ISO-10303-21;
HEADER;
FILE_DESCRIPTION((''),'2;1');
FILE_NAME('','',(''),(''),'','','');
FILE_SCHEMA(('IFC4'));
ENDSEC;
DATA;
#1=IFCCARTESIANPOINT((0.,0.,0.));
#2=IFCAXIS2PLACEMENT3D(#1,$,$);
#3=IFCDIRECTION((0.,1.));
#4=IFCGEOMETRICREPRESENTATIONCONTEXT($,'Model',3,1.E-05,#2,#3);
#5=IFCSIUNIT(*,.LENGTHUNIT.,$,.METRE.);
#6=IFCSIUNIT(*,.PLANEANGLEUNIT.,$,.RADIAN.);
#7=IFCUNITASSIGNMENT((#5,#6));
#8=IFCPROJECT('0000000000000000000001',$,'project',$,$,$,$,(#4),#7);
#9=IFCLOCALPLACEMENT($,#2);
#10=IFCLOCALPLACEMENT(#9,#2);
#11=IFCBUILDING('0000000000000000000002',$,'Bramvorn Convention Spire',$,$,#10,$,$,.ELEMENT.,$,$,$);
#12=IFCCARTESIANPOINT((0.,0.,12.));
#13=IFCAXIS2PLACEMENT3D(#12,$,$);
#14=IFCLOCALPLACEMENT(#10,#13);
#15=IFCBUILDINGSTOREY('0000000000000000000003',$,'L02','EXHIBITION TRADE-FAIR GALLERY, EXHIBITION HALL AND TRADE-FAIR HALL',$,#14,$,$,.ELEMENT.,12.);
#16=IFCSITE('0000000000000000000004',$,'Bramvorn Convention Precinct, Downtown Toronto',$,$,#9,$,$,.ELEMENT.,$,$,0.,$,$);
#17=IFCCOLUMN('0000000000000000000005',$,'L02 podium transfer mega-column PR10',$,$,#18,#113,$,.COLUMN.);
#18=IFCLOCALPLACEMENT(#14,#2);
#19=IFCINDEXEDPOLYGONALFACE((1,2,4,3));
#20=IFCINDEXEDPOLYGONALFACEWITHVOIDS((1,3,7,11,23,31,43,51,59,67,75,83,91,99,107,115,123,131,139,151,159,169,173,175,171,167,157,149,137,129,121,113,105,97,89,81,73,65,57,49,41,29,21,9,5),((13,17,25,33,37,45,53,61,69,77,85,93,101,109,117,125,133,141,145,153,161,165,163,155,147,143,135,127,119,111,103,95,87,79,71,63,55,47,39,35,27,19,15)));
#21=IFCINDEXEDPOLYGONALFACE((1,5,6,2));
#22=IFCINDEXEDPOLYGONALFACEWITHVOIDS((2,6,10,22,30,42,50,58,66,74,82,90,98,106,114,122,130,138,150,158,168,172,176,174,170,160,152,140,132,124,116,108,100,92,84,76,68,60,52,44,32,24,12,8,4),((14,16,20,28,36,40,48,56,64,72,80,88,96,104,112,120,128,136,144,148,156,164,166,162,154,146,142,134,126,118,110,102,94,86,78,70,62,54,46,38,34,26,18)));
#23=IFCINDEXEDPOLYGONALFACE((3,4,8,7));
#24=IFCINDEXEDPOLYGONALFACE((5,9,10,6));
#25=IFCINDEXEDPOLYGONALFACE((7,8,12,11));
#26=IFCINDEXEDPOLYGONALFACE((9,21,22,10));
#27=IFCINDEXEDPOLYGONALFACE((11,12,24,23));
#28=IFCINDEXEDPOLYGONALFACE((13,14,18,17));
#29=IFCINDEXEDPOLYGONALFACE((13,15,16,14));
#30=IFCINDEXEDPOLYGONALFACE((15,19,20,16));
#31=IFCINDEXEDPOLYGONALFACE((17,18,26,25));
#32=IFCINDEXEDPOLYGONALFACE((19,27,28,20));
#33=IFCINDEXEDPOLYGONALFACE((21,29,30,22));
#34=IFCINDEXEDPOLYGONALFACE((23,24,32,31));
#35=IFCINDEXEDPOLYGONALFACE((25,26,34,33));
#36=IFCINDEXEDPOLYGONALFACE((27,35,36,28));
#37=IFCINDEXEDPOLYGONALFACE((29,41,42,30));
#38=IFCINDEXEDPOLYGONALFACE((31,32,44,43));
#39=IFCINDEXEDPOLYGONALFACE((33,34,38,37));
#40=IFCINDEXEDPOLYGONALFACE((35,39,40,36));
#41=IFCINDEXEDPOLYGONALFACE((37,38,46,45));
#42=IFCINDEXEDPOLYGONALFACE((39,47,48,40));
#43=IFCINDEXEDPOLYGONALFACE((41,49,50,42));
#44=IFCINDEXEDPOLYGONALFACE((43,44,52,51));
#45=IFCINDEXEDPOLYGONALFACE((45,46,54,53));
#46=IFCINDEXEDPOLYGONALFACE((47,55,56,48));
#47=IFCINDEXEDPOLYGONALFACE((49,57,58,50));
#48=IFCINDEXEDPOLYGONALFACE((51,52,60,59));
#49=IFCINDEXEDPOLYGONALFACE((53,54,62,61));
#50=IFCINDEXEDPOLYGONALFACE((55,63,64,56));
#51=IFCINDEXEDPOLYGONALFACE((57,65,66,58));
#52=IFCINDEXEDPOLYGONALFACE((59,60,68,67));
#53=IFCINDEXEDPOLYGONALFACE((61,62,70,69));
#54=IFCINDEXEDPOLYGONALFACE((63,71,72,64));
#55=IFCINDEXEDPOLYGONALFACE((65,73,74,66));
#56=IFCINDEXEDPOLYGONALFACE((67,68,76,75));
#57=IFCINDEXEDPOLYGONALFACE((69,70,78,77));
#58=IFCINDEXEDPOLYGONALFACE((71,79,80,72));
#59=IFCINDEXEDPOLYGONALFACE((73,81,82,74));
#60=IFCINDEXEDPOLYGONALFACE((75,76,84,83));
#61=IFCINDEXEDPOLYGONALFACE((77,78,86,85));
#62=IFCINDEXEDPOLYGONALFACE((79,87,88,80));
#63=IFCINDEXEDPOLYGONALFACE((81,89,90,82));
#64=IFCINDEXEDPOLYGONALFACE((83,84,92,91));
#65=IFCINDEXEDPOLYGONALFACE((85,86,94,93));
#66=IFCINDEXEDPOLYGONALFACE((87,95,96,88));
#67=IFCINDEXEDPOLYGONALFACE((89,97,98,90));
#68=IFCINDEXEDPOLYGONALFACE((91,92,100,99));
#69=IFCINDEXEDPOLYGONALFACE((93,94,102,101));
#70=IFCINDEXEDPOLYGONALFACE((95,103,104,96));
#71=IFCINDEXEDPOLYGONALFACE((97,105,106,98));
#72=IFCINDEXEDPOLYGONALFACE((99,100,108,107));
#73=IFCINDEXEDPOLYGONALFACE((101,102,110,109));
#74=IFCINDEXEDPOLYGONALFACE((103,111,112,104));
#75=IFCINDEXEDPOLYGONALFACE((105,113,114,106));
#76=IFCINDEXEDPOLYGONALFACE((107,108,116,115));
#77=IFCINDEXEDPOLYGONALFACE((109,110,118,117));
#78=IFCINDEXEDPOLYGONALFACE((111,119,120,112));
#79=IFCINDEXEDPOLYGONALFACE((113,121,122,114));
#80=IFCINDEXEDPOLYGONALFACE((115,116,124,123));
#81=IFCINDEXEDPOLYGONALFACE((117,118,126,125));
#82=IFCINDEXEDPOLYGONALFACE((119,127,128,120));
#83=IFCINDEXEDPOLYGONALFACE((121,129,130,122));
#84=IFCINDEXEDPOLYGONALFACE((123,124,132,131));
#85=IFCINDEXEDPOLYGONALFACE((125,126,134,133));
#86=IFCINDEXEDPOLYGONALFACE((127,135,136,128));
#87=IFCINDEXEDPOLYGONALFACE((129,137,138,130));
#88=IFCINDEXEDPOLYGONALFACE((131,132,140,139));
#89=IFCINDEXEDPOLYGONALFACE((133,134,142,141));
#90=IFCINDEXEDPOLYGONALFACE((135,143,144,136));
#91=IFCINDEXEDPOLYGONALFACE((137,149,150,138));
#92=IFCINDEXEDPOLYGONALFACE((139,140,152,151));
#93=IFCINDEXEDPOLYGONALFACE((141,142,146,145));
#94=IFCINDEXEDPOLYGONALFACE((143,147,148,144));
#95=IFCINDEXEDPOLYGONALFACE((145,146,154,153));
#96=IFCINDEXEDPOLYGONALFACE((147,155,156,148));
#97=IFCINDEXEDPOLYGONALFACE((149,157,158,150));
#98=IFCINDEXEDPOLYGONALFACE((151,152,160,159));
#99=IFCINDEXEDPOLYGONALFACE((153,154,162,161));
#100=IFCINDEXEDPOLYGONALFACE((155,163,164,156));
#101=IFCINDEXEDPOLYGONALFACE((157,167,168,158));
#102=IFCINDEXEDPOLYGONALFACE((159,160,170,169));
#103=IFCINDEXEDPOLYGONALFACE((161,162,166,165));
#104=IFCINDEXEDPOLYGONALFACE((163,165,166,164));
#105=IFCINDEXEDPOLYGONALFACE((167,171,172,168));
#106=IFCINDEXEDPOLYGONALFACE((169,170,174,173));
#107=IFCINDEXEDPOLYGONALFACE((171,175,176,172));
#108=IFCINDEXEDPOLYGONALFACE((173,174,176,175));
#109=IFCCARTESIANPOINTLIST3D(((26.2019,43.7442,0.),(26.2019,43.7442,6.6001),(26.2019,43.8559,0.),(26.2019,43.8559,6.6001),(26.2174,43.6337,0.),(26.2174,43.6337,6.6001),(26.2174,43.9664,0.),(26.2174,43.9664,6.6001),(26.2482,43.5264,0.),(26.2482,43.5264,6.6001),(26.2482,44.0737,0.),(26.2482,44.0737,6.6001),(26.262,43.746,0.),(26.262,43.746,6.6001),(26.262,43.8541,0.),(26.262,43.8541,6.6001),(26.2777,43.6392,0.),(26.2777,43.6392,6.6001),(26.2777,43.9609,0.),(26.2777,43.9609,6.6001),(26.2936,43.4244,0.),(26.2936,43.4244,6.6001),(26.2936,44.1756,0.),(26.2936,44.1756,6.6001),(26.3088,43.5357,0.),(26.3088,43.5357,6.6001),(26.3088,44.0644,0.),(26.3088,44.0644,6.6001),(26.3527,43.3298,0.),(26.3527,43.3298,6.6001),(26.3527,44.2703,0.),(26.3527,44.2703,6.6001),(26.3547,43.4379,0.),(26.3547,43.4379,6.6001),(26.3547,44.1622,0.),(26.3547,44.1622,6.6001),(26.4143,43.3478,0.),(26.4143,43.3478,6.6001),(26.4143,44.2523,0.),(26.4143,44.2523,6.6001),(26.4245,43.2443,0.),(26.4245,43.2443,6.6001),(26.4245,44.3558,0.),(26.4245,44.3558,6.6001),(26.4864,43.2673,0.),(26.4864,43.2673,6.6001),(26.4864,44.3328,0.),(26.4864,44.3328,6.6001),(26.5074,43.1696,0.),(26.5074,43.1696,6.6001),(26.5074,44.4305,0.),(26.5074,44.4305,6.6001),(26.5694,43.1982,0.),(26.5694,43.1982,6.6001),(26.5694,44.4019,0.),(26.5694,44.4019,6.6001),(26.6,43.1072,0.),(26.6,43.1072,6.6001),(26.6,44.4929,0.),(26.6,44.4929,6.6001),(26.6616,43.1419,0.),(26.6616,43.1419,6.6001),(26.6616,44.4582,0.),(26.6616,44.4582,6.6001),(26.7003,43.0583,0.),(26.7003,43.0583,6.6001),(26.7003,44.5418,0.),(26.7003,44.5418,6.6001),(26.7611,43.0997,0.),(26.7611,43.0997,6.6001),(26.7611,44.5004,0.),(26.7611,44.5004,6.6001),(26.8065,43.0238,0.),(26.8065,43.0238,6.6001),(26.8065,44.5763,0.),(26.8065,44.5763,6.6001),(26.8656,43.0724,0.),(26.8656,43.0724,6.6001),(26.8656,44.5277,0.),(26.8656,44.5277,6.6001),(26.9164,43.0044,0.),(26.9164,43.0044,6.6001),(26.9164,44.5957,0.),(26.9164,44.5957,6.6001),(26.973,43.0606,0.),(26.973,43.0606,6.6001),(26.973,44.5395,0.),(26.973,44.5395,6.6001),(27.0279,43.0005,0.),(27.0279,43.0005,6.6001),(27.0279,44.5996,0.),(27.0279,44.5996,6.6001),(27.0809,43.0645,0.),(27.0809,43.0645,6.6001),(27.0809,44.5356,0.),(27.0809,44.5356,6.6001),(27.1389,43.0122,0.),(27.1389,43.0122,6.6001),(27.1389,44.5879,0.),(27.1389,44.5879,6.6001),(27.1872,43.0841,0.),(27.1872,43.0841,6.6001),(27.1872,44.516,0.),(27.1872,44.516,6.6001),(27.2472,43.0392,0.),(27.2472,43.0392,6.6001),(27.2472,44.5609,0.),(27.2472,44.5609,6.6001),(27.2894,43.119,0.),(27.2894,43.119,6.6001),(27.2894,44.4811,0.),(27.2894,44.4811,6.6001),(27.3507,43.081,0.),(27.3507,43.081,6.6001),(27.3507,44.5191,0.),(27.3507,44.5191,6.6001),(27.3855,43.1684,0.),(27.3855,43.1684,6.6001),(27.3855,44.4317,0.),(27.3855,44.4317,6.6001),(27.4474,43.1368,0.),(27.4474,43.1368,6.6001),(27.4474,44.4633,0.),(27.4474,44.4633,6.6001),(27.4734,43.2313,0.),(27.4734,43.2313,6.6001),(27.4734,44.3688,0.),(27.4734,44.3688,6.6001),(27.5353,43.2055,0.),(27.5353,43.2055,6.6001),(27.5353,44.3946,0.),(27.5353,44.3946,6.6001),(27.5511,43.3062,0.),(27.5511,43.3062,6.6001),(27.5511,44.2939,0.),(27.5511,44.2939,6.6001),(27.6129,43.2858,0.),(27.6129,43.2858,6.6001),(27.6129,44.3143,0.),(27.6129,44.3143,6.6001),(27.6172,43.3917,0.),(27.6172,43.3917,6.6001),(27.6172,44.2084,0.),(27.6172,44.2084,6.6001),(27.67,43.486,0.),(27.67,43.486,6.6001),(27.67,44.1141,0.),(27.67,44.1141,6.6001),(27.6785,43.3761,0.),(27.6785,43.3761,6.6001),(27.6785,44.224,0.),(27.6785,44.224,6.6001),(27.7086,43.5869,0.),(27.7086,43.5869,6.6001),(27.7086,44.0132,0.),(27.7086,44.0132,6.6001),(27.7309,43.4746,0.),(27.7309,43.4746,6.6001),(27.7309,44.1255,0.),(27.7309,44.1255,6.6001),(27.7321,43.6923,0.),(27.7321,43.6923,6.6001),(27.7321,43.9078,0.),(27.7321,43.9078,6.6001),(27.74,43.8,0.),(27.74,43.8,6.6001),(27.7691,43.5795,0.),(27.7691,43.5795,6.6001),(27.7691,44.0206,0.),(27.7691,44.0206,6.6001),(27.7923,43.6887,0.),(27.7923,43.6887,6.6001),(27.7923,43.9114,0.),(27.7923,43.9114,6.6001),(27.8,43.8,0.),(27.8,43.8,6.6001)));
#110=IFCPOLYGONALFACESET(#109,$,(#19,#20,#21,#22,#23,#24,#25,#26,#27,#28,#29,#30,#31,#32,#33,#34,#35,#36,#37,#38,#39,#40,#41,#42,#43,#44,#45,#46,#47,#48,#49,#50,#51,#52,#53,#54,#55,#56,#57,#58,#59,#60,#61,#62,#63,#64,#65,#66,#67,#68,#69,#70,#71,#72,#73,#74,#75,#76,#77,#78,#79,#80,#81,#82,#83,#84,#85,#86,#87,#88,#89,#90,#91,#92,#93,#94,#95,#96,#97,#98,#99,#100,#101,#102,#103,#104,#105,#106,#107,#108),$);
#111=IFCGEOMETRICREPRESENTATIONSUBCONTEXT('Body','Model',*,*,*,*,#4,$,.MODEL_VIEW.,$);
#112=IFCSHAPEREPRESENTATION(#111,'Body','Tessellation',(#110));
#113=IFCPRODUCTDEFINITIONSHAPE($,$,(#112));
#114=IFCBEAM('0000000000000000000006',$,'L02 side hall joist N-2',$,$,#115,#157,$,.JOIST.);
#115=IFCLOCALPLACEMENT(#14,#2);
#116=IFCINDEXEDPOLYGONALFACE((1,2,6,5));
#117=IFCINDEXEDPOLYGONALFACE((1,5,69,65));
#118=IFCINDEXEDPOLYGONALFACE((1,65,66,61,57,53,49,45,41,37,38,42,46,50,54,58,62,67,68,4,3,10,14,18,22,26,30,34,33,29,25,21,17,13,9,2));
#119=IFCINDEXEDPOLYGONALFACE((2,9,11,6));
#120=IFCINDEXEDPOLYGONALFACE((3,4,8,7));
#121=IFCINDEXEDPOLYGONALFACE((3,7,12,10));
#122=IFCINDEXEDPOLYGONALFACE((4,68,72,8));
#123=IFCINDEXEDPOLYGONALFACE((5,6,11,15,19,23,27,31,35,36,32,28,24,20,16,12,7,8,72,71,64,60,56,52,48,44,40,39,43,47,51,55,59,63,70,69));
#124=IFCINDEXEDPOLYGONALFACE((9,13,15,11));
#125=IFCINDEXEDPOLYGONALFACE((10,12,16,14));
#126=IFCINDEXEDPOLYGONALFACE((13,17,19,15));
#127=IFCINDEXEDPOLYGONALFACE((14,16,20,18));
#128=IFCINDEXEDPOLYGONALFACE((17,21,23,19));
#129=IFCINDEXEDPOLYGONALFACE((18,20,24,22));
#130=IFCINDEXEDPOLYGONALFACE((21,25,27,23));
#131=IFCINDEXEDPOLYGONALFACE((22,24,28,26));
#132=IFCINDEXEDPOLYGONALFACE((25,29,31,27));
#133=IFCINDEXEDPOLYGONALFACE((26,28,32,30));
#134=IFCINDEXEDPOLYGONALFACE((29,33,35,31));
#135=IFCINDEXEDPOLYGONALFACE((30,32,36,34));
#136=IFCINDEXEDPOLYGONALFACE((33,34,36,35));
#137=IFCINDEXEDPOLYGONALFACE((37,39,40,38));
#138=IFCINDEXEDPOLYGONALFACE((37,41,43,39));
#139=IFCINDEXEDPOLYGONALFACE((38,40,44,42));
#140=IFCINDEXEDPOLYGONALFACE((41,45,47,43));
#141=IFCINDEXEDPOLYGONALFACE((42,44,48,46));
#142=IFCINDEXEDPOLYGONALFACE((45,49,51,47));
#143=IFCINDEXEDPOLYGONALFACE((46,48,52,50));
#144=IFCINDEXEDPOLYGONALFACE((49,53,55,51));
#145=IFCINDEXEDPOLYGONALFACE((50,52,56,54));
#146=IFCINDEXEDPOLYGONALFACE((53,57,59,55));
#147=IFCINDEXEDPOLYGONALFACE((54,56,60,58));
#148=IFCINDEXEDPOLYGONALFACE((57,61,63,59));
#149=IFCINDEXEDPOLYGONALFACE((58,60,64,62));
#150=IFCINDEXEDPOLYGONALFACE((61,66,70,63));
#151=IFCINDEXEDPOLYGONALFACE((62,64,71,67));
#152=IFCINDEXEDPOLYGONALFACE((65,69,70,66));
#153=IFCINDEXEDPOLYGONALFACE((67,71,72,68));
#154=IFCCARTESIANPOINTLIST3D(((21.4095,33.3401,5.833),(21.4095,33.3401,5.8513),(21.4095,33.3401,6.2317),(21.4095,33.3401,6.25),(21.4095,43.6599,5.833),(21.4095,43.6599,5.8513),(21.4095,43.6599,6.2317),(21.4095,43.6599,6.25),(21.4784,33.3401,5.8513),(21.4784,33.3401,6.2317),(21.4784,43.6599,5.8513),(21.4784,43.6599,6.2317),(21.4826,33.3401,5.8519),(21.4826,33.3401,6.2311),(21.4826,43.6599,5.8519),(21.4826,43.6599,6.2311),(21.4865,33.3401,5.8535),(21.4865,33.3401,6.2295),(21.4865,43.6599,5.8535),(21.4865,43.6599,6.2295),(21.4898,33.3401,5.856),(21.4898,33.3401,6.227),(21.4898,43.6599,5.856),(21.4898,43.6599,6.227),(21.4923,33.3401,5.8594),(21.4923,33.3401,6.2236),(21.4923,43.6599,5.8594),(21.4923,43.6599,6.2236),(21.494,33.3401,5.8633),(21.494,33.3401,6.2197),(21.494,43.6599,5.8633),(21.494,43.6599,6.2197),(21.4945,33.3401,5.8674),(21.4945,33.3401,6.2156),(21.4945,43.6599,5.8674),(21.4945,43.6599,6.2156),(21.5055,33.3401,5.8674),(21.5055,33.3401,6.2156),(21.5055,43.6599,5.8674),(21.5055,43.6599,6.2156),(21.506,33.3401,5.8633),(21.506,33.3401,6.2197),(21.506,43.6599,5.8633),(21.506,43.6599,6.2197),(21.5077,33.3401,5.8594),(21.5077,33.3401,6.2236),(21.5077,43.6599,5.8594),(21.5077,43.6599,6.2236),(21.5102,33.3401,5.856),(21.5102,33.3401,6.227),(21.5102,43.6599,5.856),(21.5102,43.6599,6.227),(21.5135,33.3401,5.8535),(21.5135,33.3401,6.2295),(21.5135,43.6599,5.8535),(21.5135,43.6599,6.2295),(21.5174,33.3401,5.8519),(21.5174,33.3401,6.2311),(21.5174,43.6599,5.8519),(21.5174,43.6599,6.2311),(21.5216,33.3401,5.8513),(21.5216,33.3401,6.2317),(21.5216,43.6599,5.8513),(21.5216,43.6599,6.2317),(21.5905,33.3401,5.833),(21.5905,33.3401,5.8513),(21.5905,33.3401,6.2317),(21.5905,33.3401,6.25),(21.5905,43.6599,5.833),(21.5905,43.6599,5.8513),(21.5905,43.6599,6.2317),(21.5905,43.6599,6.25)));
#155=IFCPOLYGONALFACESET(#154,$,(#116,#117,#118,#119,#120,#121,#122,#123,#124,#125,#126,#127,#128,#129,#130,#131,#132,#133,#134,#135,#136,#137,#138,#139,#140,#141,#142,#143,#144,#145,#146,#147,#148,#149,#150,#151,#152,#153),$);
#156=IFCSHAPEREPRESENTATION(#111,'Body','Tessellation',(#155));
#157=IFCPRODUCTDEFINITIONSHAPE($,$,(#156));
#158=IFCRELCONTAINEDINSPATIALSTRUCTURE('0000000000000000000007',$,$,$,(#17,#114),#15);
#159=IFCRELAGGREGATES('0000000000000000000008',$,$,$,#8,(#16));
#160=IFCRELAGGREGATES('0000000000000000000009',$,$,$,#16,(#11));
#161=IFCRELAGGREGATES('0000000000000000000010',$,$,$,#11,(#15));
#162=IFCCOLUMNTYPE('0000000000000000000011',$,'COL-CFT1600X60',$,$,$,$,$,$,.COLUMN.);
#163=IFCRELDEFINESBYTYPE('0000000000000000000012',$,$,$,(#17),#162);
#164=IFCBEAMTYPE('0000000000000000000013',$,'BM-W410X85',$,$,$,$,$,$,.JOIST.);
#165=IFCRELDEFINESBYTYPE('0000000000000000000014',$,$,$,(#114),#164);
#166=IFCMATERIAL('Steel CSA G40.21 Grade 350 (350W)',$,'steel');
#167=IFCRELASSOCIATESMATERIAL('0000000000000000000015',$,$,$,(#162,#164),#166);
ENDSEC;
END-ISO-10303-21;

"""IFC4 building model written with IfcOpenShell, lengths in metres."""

from ifc_helpers import new_model, si_unit, direction, frame, origin, origin_2d, place, context, subcontext, project, spatial, hollow_circle, i_section, extrude, material, material_profile, profile_set, type_object, element, save


model = new_model("IFC4")

# Units and contexts
model_context = context("Model", 3, precision=1e-05, world=origin(), true_north=direction((0.0, 1.0)))
body_context = subcontext(model_context, "Body", "Model", "MODEL_VIEW")
ifc_project = project(units=[si_unit("LENGTHUNIT", "METRE"), si_unit("PLANEANGLEUNIT", "RADIAN")], contexts=[model_context])

# Site, building, storey
site_placement = place(None, origin())
site = spatial("IfcSite", under=ifc_project, at=site_placement, Name="Bramvorn Convention Precinct, Downtown Toronto", CompositionType="ELEMENT", RefElevation=0.0)
building_placement = place(site_placement, origin())
building = spatial("IfcBuilding", under=site, at=building_placement, Name="Bramvorn Convention Spire", CompositionType="ELEMENT")
storey_placement = place(building_placement, frame((0.0, 0.0, 12.0)))
storey = spatial("IfcBuildingStorey", under=building, at=storey_placement, Name="L02", Description="EXHIBITION TRADE-FAIR GALLERY, EXHIBITION HALL AND TRADE-FAIR HALL", CompositionType="ELEMENT", Elevation=12.0)

# Column
ifc_material_1 = material(Name="Steel CSA G40.21 Grade 350 (350W)", Category="steel")
ifc_material_profile_1 = material_profile(ifc_material_1, hollow_circle(Radius=0.8, WallThickness=0.0601, at=origin_2d()))
ifc_profile_set_1 = profile_set([ifc_material_profile_1], Name="Steel CSA G40.21 Grade 350 (350W) - CFT1600X60")
column_type = type_object("IfcColumnType", Name="COL-CFT1600X60", PredefinedType="COLUMN", material=ifc_profile_set_1)
column_placement = place(storey_placement, frame((27.0, 43.8, 0.0), z_axis=(0.0, 0.0, 1.0), x_axis=(1.0, 0.0, 0.0)))
element("IfcColumn", 1, at=column_placement, inside=storey, type_object=column_type, Name="L02 podium transfer mega-column PR10", PredefinedType="COLUMN", context=body_context, shape_type="SweptSolid", body=[
    extrude(hollow_circle(Radius=0.8, WallThickness=0.0601, at=origin_2d()), origin(), (0.0, 0.0, 1.0), 6.6001),
])

# Beam
ifc_material_profile_2 = material_profile(ifc_material_1, i_section(OverallWidth=0.1809, OverallDepth=0.417, WebThickness=0.011, FlangeThickness=0.0183, FilletRadius=0.0161, at=origin_2d()))
ifc_profile_set_2 = profile_set([ifc_material_profile_2], Name="Steel CSA G40.21 Grade 350 (350W) - W410X85")
beam_type_1 = type_object("IfcBeamType", Name="BM-W410X85", PredefinedType="JOIST", material=ifc_profile_set_2)
beam_1_placement = place(storey_placement, frame((21.5, 33.3401, 6.0415), z_axis=(0.0, 1.0, 0.0), x_axis=(-1.0, 0.0, 0.0)))
element("IfcBeam", 2, at=beam_1_placement, inside=storey, type_object=beam_type_1, Name="L02 side hall joist N-2", PredefinedType="JOIST", context=body_context, shape_type="SweptSolid", body=[
    extrude(i_section(OverallWidth=0.1809, OverallDepth=0.417, WebThickness=0.011, FlangeThickness=0.0183, FilletRadius=0.0161, at=origin_2d()), origin(), (0.0, 0.0, 1.0), 10.3198),
])

save(model, "model.ifc")
